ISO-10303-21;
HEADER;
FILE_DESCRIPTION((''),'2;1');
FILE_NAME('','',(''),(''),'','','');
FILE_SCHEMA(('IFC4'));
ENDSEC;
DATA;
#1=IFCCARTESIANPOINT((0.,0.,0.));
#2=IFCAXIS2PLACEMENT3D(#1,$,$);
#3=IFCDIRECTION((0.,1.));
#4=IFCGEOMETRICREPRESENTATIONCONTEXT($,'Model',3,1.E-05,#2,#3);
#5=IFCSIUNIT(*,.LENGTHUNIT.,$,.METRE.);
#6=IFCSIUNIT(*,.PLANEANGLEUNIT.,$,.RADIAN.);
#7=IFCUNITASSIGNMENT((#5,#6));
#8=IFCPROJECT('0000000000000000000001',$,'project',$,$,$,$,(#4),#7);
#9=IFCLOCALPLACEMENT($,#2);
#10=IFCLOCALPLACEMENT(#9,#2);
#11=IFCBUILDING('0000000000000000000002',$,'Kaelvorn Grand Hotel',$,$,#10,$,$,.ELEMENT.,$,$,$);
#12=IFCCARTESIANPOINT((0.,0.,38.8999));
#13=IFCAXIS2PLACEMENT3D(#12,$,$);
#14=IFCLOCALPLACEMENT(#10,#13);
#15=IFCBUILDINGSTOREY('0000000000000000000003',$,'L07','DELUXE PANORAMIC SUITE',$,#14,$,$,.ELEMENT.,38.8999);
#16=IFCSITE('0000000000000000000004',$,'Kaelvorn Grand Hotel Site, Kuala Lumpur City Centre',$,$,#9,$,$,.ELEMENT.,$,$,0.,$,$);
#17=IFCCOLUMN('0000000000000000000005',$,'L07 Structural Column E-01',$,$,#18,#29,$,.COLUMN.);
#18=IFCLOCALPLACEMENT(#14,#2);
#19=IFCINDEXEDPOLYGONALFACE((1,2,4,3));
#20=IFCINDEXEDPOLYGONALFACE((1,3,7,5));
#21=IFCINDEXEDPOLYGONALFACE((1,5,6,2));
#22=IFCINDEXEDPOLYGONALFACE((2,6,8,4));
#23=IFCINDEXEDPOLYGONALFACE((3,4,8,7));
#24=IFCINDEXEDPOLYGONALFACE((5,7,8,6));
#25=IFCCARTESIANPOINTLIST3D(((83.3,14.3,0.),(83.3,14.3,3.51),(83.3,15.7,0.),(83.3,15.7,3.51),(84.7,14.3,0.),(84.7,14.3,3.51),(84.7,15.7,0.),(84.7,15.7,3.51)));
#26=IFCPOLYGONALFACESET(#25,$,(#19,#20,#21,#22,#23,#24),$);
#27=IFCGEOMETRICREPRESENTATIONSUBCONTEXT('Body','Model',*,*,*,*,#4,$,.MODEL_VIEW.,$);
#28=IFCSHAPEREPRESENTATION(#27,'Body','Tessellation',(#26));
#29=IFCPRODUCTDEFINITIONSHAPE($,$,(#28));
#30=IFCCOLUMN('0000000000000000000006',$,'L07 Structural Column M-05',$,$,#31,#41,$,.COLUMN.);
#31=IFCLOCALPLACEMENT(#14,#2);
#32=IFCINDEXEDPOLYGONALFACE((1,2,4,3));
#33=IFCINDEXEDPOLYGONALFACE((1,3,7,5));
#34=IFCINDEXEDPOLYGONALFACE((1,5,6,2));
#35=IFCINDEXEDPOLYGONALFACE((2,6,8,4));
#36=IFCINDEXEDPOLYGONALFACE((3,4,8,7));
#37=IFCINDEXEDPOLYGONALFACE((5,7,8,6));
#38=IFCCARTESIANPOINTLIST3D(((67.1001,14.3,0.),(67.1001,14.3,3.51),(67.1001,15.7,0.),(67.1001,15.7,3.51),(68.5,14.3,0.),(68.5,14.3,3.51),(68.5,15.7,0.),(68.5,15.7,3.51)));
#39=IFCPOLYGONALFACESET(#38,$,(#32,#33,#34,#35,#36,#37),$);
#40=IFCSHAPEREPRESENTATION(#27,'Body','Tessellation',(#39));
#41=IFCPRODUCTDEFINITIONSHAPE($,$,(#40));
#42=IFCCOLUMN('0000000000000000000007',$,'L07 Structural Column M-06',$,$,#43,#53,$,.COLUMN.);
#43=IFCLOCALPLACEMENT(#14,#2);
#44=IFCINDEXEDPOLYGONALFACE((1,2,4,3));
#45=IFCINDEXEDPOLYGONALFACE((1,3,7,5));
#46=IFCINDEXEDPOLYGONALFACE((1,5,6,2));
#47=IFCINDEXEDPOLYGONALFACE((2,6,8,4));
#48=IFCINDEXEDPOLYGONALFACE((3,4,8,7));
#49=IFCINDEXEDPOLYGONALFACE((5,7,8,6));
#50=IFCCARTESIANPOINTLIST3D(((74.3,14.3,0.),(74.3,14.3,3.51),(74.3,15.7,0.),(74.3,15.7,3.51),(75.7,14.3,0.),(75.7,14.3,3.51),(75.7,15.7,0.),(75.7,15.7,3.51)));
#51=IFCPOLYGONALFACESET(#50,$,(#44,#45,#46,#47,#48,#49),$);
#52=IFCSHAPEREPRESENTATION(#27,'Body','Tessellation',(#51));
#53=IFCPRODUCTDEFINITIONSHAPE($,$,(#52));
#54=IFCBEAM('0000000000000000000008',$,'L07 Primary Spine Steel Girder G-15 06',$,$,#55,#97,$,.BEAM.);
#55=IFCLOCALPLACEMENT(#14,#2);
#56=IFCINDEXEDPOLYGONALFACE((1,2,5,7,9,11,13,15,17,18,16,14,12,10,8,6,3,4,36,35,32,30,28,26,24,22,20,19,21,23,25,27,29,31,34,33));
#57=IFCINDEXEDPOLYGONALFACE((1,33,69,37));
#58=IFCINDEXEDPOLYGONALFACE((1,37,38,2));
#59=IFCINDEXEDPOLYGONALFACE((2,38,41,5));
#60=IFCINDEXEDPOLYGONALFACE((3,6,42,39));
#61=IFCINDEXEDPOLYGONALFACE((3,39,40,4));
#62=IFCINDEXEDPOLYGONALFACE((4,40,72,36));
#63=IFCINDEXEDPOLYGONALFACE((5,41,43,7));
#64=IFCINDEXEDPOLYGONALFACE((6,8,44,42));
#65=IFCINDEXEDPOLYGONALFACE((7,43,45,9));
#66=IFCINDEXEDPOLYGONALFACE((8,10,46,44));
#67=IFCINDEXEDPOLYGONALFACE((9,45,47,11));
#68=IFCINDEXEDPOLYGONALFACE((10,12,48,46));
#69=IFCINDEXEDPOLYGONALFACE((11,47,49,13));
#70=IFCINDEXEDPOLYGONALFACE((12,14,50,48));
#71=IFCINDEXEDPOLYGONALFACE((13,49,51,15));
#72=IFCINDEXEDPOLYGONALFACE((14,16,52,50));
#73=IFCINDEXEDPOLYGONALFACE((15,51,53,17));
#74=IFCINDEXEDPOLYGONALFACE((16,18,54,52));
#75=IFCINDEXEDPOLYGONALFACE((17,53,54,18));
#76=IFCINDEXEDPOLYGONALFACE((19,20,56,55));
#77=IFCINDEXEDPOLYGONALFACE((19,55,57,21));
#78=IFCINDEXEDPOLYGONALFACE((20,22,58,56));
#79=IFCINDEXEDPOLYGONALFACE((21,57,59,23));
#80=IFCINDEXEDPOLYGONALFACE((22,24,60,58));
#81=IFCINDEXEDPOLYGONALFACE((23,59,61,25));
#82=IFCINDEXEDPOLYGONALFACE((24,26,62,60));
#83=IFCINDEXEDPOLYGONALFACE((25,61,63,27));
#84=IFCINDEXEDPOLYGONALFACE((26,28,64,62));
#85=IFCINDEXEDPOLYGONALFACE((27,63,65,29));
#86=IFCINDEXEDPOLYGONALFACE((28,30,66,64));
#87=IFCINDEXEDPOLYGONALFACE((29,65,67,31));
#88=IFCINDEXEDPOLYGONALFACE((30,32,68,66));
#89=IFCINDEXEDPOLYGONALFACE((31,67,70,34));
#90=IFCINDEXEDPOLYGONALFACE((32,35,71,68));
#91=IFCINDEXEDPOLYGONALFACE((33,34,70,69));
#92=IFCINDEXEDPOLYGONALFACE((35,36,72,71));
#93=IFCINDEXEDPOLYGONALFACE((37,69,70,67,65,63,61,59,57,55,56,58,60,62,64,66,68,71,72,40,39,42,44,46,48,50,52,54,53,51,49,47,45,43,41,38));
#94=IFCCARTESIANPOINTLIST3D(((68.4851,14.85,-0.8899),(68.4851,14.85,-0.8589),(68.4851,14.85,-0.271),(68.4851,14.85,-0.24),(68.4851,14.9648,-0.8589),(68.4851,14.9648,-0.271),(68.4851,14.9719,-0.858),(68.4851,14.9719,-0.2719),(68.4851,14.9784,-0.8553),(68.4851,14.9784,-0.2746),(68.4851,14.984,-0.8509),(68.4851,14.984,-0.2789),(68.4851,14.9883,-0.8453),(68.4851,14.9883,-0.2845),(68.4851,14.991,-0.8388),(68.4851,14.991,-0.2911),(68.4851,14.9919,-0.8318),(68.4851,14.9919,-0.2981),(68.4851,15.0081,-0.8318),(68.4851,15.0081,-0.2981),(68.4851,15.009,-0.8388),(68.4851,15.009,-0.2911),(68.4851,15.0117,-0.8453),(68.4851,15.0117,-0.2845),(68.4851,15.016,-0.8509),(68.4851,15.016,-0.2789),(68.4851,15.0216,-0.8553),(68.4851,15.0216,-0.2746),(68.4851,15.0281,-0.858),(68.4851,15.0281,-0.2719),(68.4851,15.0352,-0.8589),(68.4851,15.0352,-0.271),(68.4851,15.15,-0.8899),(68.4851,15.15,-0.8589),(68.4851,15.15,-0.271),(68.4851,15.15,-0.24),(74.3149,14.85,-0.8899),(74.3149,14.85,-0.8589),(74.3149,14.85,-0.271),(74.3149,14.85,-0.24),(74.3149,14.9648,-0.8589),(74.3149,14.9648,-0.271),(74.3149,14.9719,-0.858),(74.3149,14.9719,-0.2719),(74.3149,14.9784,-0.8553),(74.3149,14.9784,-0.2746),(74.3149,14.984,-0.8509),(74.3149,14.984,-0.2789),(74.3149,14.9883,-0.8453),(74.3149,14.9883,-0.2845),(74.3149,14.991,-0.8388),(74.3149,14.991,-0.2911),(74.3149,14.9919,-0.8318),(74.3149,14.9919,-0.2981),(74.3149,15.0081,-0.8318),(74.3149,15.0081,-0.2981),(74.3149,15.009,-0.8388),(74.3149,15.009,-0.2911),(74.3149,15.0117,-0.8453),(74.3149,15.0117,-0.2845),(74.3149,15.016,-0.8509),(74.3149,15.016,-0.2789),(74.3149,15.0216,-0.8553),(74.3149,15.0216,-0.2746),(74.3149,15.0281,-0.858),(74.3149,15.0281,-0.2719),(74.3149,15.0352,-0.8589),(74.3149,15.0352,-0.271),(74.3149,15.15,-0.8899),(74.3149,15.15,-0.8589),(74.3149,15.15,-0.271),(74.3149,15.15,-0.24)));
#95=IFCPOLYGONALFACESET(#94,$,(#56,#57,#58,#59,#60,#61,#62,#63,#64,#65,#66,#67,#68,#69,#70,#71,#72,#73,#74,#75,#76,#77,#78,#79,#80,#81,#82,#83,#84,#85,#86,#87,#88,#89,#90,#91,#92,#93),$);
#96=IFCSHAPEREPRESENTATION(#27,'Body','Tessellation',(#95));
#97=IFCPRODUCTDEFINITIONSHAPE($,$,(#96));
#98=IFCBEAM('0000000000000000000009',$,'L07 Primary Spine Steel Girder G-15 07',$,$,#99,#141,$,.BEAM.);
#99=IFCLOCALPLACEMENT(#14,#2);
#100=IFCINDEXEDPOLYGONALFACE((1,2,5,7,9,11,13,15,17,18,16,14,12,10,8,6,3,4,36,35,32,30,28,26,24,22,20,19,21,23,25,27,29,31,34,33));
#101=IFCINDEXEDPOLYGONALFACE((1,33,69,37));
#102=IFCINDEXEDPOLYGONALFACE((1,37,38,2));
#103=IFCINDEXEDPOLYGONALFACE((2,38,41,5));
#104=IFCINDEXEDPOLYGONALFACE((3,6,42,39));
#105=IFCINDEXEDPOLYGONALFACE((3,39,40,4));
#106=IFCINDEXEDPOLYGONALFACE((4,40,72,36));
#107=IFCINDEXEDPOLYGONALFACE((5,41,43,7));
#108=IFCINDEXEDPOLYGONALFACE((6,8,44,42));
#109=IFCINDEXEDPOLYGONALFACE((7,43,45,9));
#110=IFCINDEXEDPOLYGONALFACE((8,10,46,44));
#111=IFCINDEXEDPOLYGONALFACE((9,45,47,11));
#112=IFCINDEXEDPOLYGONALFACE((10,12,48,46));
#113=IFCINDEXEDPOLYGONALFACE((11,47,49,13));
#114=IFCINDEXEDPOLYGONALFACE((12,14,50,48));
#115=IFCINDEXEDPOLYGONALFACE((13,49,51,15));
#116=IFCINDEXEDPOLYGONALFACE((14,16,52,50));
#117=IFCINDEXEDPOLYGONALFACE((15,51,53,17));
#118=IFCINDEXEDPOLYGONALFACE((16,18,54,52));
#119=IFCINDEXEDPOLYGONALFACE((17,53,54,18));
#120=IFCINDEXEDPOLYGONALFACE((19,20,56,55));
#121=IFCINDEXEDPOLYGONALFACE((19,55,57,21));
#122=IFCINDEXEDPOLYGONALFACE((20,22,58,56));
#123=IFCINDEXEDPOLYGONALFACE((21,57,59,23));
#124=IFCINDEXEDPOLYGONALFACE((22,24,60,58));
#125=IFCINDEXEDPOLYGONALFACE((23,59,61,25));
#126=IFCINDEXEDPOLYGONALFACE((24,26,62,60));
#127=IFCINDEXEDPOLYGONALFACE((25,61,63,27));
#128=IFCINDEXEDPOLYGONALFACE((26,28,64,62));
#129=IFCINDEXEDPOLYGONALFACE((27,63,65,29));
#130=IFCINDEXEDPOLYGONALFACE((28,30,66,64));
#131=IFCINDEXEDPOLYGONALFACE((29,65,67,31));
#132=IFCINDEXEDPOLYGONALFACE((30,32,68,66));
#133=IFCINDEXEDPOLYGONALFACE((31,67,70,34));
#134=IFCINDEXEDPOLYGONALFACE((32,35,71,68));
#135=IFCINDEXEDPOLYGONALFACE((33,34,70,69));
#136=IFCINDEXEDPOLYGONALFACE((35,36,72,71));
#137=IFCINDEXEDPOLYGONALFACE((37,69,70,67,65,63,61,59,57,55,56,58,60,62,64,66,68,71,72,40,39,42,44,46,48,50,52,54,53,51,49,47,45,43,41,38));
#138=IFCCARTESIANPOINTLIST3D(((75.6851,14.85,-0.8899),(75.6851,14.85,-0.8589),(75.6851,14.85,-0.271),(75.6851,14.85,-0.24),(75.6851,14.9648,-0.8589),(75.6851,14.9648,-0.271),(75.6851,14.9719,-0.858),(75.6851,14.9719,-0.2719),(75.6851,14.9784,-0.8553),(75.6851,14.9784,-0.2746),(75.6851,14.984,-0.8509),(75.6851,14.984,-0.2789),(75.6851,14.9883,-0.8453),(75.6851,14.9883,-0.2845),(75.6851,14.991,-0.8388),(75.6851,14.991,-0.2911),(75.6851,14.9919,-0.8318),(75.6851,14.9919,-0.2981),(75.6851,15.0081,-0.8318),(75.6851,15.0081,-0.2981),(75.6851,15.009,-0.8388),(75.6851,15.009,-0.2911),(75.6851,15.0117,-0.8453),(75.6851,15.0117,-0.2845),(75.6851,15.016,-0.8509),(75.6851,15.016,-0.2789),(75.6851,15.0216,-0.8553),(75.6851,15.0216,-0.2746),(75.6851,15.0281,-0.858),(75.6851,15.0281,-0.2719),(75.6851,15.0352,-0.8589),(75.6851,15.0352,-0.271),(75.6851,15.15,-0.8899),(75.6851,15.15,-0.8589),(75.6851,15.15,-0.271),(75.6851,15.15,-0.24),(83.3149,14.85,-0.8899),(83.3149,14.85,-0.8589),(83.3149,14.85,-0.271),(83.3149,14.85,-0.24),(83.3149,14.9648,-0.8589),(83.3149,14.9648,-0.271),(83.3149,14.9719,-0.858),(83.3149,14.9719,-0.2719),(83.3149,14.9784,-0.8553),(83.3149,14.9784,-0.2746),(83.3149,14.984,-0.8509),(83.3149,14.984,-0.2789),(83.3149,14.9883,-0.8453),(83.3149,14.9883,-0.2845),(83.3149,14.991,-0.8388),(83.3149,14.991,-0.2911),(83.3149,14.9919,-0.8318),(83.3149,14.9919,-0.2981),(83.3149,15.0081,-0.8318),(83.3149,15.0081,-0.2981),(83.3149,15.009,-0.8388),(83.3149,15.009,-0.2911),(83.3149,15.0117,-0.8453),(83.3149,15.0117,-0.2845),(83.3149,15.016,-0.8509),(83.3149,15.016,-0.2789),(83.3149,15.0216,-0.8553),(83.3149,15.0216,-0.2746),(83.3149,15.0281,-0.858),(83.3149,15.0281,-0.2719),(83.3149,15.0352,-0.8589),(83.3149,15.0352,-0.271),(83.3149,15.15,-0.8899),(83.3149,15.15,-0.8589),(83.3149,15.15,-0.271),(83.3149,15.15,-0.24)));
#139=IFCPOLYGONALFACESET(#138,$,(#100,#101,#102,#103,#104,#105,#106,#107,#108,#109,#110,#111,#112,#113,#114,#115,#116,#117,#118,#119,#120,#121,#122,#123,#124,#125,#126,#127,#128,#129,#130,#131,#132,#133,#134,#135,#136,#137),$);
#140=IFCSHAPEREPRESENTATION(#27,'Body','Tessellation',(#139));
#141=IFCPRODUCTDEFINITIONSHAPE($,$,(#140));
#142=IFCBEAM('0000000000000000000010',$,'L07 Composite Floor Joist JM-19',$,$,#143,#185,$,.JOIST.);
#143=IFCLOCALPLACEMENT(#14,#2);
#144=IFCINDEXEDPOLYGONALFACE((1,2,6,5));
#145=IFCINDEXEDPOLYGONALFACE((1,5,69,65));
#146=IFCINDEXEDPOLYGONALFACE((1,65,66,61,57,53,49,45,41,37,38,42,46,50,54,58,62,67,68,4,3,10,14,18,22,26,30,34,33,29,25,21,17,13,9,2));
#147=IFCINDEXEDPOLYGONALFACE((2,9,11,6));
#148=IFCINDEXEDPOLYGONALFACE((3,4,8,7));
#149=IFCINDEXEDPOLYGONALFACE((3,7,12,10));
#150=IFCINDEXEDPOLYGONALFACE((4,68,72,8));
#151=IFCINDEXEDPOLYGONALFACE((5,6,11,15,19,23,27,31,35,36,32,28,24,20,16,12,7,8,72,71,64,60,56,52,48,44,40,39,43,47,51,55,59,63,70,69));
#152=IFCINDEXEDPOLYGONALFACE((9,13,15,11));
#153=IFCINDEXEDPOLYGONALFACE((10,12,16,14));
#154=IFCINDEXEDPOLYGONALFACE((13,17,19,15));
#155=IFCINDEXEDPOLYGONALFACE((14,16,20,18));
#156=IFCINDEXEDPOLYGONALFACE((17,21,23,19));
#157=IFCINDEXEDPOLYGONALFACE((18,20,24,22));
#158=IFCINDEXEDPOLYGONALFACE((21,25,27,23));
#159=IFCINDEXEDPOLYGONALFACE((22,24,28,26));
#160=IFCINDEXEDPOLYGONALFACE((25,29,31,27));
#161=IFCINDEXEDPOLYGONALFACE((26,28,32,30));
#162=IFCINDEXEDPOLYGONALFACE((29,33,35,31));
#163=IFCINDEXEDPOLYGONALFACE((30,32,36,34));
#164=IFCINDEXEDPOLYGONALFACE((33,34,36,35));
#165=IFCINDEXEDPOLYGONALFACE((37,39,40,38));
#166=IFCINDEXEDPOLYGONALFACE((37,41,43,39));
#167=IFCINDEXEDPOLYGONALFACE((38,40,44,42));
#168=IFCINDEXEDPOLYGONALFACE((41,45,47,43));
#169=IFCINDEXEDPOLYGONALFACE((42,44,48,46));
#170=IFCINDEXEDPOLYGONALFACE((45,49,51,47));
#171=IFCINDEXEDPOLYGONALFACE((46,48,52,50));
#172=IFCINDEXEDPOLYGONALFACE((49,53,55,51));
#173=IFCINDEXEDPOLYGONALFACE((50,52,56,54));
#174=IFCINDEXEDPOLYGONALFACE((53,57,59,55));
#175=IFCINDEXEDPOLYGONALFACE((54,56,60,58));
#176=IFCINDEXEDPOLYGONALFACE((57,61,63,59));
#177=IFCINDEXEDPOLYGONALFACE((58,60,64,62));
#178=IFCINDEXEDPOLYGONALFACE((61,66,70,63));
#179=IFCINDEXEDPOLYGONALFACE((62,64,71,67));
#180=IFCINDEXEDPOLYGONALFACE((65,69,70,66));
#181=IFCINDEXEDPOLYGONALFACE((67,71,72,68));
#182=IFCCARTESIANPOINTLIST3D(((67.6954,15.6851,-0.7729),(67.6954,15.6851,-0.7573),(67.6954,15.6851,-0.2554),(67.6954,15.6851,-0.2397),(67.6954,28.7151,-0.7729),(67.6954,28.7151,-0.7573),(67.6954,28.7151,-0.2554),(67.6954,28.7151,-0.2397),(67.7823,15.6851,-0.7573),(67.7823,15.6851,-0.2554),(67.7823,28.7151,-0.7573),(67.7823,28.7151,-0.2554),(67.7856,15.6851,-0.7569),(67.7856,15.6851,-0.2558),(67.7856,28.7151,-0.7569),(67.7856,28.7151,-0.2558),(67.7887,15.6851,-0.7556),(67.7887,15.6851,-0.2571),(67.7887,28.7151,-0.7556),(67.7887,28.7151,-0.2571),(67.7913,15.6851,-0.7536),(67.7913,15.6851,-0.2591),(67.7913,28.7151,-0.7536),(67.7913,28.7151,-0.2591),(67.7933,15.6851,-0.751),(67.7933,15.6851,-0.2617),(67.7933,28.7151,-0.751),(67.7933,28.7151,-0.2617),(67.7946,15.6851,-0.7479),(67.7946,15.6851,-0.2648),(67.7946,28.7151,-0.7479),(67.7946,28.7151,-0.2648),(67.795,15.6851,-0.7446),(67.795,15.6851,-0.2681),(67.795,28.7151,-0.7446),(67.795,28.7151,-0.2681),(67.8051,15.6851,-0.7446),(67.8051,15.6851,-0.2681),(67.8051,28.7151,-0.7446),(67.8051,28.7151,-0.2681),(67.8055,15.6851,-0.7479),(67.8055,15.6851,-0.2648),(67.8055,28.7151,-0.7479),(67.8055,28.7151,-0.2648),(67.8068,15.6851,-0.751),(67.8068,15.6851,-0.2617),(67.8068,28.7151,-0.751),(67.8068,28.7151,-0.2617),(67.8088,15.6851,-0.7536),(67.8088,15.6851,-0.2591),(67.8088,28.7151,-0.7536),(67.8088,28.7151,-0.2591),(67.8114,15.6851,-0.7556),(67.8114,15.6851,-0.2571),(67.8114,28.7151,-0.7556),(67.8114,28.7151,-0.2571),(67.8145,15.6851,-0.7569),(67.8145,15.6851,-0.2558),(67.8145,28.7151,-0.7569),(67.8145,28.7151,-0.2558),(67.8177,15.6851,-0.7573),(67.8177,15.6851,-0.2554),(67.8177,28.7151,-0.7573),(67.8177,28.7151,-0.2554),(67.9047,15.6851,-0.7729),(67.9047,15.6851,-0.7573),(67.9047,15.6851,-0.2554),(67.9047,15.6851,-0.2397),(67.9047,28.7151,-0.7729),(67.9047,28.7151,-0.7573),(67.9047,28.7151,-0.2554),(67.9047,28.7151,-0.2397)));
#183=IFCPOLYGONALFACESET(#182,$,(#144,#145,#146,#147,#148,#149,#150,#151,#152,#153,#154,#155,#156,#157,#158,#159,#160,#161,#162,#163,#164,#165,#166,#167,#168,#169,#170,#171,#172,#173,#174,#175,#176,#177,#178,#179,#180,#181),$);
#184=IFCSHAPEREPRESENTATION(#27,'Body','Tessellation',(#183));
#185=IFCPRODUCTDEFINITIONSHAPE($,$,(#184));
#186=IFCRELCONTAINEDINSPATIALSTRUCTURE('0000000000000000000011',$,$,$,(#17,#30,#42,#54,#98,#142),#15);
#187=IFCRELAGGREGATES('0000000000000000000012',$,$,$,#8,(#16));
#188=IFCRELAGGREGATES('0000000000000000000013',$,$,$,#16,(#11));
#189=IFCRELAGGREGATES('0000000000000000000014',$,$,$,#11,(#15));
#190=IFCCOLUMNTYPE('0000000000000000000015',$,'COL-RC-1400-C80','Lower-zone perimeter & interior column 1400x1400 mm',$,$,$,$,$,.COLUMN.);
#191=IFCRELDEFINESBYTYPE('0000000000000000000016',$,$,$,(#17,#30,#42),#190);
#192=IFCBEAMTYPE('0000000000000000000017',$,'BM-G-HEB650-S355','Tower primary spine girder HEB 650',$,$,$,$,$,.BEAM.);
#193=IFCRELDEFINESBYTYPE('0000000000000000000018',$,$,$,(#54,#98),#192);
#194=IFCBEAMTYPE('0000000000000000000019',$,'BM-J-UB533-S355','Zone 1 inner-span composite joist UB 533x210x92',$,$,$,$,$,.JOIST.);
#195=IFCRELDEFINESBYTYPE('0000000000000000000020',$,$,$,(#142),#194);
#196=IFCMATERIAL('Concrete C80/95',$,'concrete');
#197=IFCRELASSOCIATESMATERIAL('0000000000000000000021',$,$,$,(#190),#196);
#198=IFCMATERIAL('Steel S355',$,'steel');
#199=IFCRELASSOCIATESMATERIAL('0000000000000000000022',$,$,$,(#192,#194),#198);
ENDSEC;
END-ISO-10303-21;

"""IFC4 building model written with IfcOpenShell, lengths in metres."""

from ifc_helpers import new_model, si_unit, direction, frame, origin, origin_2d, place, context, subcontext, project, spatial, rectangle, i_section, extrude, material, material_profile, profile_set, type_object, element, save


model = new_model("IFC4")

# Units and contexts
model_context = context("Model", 3, precision=1e-05, world=origin(), true_north=direction((0.0, 1.0)))
body_context = subcontext(model_context, "Body", "Model", "MODEL_VIEW")
ifc_project = project(units=[si_unit("LENGTHUNIT", "METRE"), si_unit("PLANEANGLEUNIT", "RADIAN")], contexts=[model_context])

# Site, building, storey
site_placement = place(None, origin())
site = spatial("IfcSite", under=ifc_project, at=site_placement, Name="Kaelvorn Grand Hotel Site, Kuala Lumpur City Centre", CompositionType="ELEMENT", RefElevation=0.0)
building_placement = place(site_placement, origin())
building = spatial("IfcBuilding", under=site, at=building_placement, Name="Kaelvorn Grand Hotel", CompositionType="ELEMENT")
storey_placement = place(building_placement, frame((0.0, 0.0, 38.8999)))
storey = spatial("IfcBuildingStorey", under=building, at=storey_placement, Name="L07", Description="DELUXE PANORAMIC SUITE", CompositionType="ELEMENT", Elevation=38.8999)

# Columns
ifc_material_1 = material(Name="Concrete C80/95", Category="concrete")
ifc_material_profile_1 = material_profile(ifc_material_1, rectangle(XDim=1.3999, YDim=1.3999, at=origin_2d()), Name="RC COL 1400x1400")
ifc_profile_set_1 = profile_set([ifc_material_profile_1], Name="Concrete C80/95")
column_type = type_object("IfcColumnType", Name="COL-RC-1400-C80", Description="Lower-zone perimeter & interior column 1400x1400 mm", PredefinedType="COLUMN", material=ifc_profile_set_1)
for number, where, z_axis, x_axis, name in (
    (1, (84.0, 15.0, 0.0), (0.0, 0.0, 1.0), (1.0, 0.0, 0.0), "L07 Structural Column E-01"),
    (2, (67.8, 15.0, 0.0), (0.0, 0.0, 1.0), (1.0, 0.0, 0.0), "L07 Structural Column M-05"),
    (3, (75.0, 15.0, 0.0), (0.0, 0.0, 1.0), (1.0, 0.0, 0.0), "L07 Structural Column M-06"),
):
    element("IfcColumn", number, at=place(storey_placement, frame(where, z_axis=z_axis, x_axis=x_axis)), inside=storey, type_object=column_type, Name=name, PredefinedType="COLUMN", context=body_context, shape_type="SweptSolid", body=[
        extrude(rectangle(XDim=1.3999, YDim=1.3999, at=origin_2d()), origin(), (0.0, 0.0, 1.0), 3.51),
    ])

# Beams
ifc_material_2 = material(Name="Steel S355", Category="steel")
ifc_material_profile_2 = material_profile(ifc_material_2, i_section(OverallWidth=0.3, OverallDepth=0.6499, WebThickness=0.0161, FlangeThickness=0.031, FilletRadius=0.0271, at=origin_2d()), Name="HEB 650")
ifc_profile_set_2 = profile_set([ifc_material_profile_2], Name="Steel S355")
beam_type_1 = type_object("IfcBeamType", Name="BM-G-HEB650-S355", Description="Tower primary spine girder HEB 650", PredefinedType="BEAM", material=ifc_profile_set_2)
beam_1_placement = place(storey_placement, frame((68.4851, 15.0, -0.5649), z_axis=(1.0, 0.0, 0.0), x_axis=(0.0, 1.0, 0.0)))
element("IfcBeam", 4, at=beam_1_placement, inside=storey, type_object=beam_type_1, Name="L07 Primary Spine Steel Girder G-15 06", PredefinedType="BEAM", context=body_context, shape_type="SweptSolid", body=[
    extrude(i_section(OverallWidth=0.3, OverallDepth=0.6499, WebThickness=0.0161, FlangeThickness=0.031, FilletRadius=0.0271, at=origin_2d()), origin(), (0.0, 0.0, 1.0), 5.8298),
])
beam_2_placement = place(storey_placement, frame((75.6851, 15.0, -0.5649), z_axis=(1.0, 0.0, 0.0), x_axis=(0.0, 1.0, 0.0)))
element("IfcBeam", 5, at=beam_2_placement, inside=storey, type_object=beam_type_1, Name="L07 Primary Spine Steel Girder G-15 07", PredefinedType="BEAM", context=body_context, shape_type="SweptSolid", body=[
    extrude(i_section(OverallWidth=0.3, OverallDepth=0.6499, WebThickness=0.0161, FlangeThickness=0.031, FilletRadius=0.0271, at=origin_2d()), origin(), (0.0, 0.0, 1.0), 7.6299),
])
ifc_material_profile_3 = material_profile(ifc_material_2, i_section(OverallWidth=0.2092, OverallDepth=0.5332, WebThickness=0.01, FlangeThickness=0.0156, FilletRadius=0.0127, at=origin_2d()), Name="UB 533x210x92")
ifc_profile_set_3 = profile_set([ifc_material_profile_3], Name="Steel S355")
beam_type_2 = type_object("IfcBeamType", Name="BM-J-UB533-S355", Description="Zone 1 inner-span composite joist UB 533x210x92", PredefinedType="JOIST", material=ifc_profile_set_3)
beam_3_placement = place(storey_placement, frame((67.8, 15.6851, -0.5063), z_axis=(0.0, 1.0, 0.0), x_axis=(-1.0, 0.0, 0.0)))
element("IfcBeam", 6, at=beam_3_placement, inside=storey, type_object=beam_type_2, Name="L07 Composite Floor Joist JM-19", PredefinedType="JOIST", context=body_context, shape_type="SweptSolid", body=[
    extrude(i_section(OverallWidth=0.2092, OverallDepth=0.5332, WebThickness=0.01, FlangeThickness=0.0156, FilletRadius=0.0127, at=origin_2d()), origin(), (0.0, 0.0, 1.0), 13.03),
])

save(model, "model.ifc")
